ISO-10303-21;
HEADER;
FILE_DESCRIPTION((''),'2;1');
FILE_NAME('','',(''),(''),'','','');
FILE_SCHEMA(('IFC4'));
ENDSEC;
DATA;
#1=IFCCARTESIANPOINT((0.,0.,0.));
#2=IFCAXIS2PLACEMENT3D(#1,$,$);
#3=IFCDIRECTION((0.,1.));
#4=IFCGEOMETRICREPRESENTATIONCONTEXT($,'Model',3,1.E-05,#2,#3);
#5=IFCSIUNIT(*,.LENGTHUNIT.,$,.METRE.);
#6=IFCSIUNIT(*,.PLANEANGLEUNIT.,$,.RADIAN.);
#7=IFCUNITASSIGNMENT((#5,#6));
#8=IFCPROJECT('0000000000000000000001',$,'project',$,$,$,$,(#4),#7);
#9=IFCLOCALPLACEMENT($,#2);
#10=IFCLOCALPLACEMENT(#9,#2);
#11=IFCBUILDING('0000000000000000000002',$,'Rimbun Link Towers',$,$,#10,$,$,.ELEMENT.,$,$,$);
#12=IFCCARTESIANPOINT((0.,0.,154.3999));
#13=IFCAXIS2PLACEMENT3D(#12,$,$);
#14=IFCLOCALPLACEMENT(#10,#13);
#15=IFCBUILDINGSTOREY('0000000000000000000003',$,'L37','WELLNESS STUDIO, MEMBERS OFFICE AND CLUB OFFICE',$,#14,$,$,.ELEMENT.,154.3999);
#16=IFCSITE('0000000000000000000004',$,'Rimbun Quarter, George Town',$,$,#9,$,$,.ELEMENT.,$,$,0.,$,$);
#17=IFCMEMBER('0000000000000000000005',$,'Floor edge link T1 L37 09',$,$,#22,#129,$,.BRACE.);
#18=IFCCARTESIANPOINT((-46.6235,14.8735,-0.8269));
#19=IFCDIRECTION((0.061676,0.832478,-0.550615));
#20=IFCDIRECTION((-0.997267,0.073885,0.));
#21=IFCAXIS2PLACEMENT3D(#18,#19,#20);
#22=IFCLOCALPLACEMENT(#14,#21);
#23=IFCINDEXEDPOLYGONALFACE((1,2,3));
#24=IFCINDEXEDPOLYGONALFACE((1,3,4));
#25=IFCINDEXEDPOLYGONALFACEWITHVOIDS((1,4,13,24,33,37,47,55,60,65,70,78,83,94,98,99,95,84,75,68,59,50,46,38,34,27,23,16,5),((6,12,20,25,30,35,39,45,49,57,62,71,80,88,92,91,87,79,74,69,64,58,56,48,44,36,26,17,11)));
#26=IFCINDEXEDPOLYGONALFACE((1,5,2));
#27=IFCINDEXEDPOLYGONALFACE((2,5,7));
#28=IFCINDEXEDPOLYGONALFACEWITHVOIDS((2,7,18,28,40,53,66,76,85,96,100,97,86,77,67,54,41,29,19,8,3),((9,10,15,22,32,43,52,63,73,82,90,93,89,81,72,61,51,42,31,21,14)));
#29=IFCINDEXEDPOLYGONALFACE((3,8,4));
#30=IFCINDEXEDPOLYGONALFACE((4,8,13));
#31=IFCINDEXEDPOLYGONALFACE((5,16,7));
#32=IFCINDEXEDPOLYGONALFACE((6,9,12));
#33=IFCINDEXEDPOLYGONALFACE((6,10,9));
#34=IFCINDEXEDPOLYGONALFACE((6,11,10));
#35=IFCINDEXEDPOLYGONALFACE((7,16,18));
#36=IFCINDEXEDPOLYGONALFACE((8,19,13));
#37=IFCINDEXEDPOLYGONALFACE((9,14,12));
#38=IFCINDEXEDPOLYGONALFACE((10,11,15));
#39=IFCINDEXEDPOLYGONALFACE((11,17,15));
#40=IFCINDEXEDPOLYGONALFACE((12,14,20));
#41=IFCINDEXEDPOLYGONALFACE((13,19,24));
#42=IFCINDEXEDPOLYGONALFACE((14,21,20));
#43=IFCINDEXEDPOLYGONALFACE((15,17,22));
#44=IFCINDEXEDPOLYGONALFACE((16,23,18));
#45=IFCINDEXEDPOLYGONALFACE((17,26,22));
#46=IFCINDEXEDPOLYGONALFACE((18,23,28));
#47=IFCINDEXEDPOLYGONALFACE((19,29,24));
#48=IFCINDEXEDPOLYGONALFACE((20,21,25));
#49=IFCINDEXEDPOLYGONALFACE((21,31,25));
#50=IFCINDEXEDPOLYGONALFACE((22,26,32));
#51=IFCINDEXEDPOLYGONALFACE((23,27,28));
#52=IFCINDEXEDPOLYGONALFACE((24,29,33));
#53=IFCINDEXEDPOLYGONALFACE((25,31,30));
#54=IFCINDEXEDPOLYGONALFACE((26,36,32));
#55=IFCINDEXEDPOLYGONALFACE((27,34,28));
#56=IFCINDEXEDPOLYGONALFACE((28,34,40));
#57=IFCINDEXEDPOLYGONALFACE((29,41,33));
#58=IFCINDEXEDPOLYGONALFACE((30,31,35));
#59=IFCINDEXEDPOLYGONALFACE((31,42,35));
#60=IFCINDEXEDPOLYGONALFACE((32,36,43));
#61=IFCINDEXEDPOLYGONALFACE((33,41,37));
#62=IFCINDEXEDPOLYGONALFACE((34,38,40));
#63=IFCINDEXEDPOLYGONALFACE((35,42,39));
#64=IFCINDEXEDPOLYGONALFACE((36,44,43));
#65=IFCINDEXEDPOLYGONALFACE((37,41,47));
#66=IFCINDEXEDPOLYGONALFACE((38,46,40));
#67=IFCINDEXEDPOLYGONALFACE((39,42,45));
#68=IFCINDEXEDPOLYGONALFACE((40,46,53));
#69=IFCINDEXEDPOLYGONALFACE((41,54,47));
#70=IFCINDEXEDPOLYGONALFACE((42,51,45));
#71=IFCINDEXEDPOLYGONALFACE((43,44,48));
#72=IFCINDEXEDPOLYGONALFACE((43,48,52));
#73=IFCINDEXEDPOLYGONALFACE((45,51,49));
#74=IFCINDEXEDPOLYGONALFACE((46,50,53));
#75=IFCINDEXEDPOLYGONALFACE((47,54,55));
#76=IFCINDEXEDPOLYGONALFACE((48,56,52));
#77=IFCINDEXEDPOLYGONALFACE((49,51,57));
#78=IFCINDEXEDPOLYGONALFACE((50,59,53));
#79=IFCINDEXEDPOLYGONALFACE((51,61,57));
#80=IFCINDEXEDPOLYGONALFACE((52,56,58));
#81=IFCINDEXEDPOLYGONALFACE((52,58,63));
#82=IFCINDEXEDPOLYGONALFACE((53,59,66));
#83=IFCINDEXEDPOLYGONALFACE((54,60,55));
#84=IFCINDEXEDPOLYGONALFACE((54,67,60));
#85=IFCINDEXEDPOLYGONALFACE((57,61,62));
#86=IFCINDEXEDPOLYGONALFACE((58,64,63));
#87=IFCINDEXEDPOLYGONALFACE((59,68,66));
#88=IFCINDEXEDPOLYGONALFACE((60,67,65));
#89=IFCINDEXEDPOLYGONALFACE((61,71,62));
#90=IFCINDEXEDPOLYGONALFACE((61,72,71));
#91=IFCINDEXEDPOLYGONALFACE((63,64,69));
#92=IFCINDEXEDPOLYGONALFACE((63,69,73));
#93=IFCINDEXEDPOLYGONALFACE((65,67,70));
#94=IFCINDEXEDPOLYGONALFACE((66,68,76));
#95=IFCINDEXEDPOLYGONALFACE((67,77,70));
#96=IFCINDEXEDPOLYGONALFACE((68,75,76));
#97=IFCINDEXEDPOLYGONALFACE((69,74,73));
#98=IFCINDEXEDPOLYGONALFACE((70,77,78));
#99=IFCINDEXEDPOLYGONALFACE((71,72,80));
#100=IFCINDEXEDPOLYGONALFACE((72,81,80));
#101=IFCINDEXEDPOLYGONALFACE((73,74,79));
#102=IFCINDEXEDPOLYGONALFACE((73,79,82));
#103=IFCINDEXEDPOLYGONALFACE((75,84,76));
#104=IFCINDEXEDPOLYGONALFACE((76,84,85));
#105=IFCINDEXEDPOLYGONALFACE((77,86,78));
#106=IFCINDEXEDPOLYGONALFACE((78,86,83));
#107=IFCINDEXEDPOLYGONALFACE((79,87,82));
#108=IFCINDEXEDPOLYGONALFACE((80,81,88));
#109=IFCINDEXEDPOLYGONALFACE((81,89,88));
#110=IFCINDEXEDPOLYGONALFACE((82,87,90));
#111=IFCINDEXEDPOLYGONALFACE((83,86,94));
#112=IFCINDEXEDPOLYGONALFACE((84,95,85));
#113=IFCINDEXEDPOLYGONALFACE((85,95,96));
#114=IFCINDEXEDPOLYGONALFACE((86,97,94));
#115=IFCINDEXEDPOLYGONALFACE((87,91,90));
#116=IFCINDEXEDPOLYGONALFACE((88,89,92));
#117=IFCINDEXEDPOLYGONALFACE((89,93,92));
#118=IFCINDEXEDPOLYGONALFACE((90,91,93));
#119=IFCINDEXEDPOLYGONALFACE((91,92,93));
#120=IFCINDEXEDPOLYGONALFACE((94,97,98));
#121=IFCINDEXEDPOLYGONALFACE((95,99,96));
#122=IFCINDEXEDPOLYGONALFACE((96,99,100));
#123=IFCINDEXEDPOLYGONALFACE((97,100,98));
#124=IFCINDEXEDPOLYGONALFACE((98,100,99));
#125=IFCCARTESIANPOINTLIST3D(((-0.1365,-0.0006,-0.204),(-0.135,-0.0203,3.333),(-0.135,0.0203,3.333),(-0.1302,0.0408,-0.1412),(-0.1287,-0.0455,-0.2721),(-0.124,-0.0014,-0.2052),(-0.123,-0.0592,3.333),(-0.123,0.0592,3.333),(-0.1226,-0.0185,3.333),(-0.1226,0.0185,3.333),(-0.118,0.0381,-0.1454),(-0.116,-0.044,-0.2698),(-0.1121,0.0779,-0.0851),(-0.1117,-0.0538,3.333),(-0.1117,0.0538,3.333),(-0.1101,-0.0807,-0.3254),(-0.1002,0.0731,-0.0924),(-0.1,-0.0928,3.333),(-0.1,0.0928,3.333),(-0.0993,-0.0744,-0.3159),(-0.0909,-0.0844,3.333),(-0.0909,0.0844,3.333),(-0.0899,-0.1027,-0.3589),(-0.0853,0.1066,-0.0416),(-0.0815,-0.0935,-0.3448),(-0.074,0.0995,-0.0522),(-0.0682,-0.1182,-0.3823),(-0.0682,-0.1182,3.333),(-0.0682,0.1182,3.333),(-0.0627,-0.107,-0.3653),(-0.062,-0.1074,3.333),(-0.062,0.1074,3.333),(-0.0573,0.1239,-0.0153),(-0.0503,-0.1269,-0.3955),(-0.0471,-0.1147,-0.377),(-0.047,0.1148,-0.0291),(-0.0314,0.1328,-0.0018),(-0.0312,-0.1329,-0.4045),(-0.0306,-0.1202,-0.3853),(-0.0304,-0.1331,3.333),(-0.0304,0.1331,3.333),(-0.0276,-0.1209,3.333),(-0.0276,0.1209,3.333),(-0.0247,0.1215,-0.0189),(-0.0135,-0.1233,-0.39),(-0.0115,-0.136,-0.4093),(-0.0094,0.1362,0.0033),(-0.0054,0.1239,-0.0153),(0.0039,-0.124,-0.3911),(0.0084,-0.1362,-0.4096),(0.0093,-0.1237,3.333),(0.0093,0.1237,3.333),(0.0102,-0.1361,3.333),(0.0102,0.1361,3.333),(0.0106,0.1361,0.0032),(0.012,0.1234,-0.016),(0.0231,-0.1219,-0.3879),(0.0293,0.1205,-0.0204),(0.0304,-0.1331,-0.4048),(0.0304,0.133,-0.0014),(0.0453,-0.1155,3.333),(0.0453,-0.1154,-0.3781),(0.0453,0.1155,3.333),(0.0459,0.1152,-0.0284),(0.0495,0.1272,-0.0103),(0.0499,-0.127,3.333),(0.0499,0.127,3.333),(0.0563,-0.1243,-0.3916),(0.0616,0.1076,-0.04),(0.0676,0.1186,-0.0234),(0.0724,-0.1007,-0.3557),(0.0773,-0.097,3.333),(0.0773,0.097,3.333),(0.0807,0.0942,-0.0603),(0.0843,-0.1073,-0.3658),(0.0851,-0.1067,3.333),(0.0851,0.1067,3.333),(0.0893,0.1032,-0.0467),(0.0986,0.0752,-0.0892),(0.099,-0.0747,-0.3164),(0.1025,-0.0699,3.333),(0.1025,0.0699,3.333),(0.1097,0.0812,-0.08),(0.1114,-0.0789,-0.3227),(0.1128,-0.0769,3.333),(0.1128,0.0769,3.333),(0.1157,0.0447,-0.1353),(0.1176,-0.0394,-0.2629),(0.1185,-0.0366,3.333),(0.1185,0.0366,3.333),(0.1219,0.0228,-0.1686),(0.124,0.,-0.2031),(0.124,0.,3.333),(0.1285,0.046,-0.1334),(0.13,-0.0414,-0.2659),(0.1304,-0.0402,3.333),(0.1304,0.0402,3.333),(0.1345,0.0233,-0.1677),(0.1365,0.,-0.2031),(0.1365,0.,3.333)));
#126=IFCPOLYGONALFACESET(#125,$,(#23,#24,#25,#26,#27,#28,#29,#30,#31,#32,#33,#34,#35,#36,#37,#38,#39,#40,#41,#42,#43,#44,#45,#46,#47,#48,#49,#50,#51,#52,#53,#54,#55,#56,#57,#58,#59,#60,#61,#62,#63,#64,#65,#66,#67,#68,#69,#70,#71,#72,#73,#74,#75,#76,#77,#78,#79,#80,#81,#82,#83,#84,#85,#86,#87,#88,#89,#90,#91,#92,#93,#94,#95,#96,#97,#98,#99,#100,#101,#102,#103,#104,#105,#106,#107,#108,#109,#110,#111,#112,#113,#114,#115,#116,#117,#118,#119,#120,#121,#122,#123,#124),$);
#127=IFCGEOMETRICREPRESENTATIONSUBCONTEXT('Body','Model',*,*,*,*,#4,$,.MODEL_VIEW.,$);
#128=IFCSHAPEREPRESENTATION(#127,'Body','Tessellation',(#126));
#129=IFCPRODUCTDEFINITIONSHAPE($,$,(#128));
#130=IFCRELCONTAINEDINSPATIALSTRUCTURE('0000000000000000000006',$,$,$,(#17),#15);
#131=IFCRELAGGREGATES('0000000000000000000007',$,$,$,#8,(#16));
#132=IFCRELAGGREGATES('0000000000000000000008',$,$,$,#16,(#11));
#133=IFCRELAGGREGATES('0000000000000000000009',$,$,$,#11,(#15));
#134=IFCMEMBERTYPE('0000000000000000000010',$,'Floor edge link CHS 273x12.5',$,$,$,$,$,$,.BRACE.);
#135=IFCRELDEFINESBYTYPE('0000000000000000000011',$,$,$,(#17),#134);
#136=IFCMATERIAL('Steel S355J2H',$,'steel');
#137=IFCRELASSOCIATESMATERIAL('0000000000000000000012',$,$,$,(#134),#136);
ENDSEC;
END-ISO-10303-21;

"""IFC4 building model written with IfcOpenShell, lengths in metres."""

from ifc_helpers import new_model, si_unit, direction, frame, origin, origin_2d, place, context, subcontext, project, spatial, hollow_circle, extrude, clip, halfspace, material, material_profile, profile_set, type_object, element, save


model = new_model("IFC4")

# Units and contexts
model_context = context("Model", 3, precision=1e-05, world=origin(), true_north=direction((0.0, 1.0)))
body_context = subcontext(model_context, "Body", "Model", "MODEL_VIEW")
ifc_project = project(units=[si_unit("LENGTHUNIT", "METRE"), si_unit("PLANEANGLEUNIT", "RADIAN")], contexts=[model_context])

# Site, building, storey
site_placement = place(None, origin())
site = spatial("IfcSite", under=ifc_project, at=site_placement, Name="Rimbun Quarter, George Town", CompositionType="ELEMENT", RefElevation=0.0)
building_placement = place(site_placement, origin())
building = spatial("IfcBuilding", under=site, at=building_placement, Name="Rimbun Link Towers", CompositionType="ELEMENT")
storey_placement = place(building_placement, frame((0.0, 0.0, 154.3999)))
storey = spatial("IfcBuildingStorey", under=building, at=storey_placement, Name="L37", Description="WELLNESS STUDIO, MEMBERS OFFICE AND CLUB OFFICE", CompositionType="ELEMENT", Elevation=154.3999)

# Member
ifc_material_1 = material(Name="Steel S355J2H", Category="steel")
ifc_material_profile_1 = material_profile(ifc_material_1, hollow_circle(Radius=0.1365, WallThickness=0.0125, at=origin_2d()), Name="CHS 273x12.5")
ifc_profile_set_1 = profile_set([ifc_material_profile_1], Name="Steel S355J2H")
member_type_1 = type_object("IfcMemberType", Name="Floor edge link CHS 273x12.5", PredefinedType="BRACE", material=ifc_profile_set_1)
member_1_placement = place(storey_placement, frame((-46.6235, 14.8735, -0.8269), z_axis=(0.061676, 0.832478, -0.550615), x_axis=(-0.997267, 0.073885, 0.0)))
element("IfcMember", 1, at=member_1_placement, inside=storey, type_object=member_type_1, Name="Floor edge link T1 L37 09", PredefinedType="BRACE", context=body_context, shape_type="Clipping", body=[
    clip(extrude(hollow_circle(Radius=0.1365, WallThickness=0.0125, at=origin_2d()), frame((0.0, 0.0, -0.4321)), (0.0, 0.0, 1.0), 3.7651), halfspace(frame((0.0, 0.0, -0.2031), z_axis=(0.0, 0.834759, -0.550615)), False)),
])

save(model, "model.ifc")
